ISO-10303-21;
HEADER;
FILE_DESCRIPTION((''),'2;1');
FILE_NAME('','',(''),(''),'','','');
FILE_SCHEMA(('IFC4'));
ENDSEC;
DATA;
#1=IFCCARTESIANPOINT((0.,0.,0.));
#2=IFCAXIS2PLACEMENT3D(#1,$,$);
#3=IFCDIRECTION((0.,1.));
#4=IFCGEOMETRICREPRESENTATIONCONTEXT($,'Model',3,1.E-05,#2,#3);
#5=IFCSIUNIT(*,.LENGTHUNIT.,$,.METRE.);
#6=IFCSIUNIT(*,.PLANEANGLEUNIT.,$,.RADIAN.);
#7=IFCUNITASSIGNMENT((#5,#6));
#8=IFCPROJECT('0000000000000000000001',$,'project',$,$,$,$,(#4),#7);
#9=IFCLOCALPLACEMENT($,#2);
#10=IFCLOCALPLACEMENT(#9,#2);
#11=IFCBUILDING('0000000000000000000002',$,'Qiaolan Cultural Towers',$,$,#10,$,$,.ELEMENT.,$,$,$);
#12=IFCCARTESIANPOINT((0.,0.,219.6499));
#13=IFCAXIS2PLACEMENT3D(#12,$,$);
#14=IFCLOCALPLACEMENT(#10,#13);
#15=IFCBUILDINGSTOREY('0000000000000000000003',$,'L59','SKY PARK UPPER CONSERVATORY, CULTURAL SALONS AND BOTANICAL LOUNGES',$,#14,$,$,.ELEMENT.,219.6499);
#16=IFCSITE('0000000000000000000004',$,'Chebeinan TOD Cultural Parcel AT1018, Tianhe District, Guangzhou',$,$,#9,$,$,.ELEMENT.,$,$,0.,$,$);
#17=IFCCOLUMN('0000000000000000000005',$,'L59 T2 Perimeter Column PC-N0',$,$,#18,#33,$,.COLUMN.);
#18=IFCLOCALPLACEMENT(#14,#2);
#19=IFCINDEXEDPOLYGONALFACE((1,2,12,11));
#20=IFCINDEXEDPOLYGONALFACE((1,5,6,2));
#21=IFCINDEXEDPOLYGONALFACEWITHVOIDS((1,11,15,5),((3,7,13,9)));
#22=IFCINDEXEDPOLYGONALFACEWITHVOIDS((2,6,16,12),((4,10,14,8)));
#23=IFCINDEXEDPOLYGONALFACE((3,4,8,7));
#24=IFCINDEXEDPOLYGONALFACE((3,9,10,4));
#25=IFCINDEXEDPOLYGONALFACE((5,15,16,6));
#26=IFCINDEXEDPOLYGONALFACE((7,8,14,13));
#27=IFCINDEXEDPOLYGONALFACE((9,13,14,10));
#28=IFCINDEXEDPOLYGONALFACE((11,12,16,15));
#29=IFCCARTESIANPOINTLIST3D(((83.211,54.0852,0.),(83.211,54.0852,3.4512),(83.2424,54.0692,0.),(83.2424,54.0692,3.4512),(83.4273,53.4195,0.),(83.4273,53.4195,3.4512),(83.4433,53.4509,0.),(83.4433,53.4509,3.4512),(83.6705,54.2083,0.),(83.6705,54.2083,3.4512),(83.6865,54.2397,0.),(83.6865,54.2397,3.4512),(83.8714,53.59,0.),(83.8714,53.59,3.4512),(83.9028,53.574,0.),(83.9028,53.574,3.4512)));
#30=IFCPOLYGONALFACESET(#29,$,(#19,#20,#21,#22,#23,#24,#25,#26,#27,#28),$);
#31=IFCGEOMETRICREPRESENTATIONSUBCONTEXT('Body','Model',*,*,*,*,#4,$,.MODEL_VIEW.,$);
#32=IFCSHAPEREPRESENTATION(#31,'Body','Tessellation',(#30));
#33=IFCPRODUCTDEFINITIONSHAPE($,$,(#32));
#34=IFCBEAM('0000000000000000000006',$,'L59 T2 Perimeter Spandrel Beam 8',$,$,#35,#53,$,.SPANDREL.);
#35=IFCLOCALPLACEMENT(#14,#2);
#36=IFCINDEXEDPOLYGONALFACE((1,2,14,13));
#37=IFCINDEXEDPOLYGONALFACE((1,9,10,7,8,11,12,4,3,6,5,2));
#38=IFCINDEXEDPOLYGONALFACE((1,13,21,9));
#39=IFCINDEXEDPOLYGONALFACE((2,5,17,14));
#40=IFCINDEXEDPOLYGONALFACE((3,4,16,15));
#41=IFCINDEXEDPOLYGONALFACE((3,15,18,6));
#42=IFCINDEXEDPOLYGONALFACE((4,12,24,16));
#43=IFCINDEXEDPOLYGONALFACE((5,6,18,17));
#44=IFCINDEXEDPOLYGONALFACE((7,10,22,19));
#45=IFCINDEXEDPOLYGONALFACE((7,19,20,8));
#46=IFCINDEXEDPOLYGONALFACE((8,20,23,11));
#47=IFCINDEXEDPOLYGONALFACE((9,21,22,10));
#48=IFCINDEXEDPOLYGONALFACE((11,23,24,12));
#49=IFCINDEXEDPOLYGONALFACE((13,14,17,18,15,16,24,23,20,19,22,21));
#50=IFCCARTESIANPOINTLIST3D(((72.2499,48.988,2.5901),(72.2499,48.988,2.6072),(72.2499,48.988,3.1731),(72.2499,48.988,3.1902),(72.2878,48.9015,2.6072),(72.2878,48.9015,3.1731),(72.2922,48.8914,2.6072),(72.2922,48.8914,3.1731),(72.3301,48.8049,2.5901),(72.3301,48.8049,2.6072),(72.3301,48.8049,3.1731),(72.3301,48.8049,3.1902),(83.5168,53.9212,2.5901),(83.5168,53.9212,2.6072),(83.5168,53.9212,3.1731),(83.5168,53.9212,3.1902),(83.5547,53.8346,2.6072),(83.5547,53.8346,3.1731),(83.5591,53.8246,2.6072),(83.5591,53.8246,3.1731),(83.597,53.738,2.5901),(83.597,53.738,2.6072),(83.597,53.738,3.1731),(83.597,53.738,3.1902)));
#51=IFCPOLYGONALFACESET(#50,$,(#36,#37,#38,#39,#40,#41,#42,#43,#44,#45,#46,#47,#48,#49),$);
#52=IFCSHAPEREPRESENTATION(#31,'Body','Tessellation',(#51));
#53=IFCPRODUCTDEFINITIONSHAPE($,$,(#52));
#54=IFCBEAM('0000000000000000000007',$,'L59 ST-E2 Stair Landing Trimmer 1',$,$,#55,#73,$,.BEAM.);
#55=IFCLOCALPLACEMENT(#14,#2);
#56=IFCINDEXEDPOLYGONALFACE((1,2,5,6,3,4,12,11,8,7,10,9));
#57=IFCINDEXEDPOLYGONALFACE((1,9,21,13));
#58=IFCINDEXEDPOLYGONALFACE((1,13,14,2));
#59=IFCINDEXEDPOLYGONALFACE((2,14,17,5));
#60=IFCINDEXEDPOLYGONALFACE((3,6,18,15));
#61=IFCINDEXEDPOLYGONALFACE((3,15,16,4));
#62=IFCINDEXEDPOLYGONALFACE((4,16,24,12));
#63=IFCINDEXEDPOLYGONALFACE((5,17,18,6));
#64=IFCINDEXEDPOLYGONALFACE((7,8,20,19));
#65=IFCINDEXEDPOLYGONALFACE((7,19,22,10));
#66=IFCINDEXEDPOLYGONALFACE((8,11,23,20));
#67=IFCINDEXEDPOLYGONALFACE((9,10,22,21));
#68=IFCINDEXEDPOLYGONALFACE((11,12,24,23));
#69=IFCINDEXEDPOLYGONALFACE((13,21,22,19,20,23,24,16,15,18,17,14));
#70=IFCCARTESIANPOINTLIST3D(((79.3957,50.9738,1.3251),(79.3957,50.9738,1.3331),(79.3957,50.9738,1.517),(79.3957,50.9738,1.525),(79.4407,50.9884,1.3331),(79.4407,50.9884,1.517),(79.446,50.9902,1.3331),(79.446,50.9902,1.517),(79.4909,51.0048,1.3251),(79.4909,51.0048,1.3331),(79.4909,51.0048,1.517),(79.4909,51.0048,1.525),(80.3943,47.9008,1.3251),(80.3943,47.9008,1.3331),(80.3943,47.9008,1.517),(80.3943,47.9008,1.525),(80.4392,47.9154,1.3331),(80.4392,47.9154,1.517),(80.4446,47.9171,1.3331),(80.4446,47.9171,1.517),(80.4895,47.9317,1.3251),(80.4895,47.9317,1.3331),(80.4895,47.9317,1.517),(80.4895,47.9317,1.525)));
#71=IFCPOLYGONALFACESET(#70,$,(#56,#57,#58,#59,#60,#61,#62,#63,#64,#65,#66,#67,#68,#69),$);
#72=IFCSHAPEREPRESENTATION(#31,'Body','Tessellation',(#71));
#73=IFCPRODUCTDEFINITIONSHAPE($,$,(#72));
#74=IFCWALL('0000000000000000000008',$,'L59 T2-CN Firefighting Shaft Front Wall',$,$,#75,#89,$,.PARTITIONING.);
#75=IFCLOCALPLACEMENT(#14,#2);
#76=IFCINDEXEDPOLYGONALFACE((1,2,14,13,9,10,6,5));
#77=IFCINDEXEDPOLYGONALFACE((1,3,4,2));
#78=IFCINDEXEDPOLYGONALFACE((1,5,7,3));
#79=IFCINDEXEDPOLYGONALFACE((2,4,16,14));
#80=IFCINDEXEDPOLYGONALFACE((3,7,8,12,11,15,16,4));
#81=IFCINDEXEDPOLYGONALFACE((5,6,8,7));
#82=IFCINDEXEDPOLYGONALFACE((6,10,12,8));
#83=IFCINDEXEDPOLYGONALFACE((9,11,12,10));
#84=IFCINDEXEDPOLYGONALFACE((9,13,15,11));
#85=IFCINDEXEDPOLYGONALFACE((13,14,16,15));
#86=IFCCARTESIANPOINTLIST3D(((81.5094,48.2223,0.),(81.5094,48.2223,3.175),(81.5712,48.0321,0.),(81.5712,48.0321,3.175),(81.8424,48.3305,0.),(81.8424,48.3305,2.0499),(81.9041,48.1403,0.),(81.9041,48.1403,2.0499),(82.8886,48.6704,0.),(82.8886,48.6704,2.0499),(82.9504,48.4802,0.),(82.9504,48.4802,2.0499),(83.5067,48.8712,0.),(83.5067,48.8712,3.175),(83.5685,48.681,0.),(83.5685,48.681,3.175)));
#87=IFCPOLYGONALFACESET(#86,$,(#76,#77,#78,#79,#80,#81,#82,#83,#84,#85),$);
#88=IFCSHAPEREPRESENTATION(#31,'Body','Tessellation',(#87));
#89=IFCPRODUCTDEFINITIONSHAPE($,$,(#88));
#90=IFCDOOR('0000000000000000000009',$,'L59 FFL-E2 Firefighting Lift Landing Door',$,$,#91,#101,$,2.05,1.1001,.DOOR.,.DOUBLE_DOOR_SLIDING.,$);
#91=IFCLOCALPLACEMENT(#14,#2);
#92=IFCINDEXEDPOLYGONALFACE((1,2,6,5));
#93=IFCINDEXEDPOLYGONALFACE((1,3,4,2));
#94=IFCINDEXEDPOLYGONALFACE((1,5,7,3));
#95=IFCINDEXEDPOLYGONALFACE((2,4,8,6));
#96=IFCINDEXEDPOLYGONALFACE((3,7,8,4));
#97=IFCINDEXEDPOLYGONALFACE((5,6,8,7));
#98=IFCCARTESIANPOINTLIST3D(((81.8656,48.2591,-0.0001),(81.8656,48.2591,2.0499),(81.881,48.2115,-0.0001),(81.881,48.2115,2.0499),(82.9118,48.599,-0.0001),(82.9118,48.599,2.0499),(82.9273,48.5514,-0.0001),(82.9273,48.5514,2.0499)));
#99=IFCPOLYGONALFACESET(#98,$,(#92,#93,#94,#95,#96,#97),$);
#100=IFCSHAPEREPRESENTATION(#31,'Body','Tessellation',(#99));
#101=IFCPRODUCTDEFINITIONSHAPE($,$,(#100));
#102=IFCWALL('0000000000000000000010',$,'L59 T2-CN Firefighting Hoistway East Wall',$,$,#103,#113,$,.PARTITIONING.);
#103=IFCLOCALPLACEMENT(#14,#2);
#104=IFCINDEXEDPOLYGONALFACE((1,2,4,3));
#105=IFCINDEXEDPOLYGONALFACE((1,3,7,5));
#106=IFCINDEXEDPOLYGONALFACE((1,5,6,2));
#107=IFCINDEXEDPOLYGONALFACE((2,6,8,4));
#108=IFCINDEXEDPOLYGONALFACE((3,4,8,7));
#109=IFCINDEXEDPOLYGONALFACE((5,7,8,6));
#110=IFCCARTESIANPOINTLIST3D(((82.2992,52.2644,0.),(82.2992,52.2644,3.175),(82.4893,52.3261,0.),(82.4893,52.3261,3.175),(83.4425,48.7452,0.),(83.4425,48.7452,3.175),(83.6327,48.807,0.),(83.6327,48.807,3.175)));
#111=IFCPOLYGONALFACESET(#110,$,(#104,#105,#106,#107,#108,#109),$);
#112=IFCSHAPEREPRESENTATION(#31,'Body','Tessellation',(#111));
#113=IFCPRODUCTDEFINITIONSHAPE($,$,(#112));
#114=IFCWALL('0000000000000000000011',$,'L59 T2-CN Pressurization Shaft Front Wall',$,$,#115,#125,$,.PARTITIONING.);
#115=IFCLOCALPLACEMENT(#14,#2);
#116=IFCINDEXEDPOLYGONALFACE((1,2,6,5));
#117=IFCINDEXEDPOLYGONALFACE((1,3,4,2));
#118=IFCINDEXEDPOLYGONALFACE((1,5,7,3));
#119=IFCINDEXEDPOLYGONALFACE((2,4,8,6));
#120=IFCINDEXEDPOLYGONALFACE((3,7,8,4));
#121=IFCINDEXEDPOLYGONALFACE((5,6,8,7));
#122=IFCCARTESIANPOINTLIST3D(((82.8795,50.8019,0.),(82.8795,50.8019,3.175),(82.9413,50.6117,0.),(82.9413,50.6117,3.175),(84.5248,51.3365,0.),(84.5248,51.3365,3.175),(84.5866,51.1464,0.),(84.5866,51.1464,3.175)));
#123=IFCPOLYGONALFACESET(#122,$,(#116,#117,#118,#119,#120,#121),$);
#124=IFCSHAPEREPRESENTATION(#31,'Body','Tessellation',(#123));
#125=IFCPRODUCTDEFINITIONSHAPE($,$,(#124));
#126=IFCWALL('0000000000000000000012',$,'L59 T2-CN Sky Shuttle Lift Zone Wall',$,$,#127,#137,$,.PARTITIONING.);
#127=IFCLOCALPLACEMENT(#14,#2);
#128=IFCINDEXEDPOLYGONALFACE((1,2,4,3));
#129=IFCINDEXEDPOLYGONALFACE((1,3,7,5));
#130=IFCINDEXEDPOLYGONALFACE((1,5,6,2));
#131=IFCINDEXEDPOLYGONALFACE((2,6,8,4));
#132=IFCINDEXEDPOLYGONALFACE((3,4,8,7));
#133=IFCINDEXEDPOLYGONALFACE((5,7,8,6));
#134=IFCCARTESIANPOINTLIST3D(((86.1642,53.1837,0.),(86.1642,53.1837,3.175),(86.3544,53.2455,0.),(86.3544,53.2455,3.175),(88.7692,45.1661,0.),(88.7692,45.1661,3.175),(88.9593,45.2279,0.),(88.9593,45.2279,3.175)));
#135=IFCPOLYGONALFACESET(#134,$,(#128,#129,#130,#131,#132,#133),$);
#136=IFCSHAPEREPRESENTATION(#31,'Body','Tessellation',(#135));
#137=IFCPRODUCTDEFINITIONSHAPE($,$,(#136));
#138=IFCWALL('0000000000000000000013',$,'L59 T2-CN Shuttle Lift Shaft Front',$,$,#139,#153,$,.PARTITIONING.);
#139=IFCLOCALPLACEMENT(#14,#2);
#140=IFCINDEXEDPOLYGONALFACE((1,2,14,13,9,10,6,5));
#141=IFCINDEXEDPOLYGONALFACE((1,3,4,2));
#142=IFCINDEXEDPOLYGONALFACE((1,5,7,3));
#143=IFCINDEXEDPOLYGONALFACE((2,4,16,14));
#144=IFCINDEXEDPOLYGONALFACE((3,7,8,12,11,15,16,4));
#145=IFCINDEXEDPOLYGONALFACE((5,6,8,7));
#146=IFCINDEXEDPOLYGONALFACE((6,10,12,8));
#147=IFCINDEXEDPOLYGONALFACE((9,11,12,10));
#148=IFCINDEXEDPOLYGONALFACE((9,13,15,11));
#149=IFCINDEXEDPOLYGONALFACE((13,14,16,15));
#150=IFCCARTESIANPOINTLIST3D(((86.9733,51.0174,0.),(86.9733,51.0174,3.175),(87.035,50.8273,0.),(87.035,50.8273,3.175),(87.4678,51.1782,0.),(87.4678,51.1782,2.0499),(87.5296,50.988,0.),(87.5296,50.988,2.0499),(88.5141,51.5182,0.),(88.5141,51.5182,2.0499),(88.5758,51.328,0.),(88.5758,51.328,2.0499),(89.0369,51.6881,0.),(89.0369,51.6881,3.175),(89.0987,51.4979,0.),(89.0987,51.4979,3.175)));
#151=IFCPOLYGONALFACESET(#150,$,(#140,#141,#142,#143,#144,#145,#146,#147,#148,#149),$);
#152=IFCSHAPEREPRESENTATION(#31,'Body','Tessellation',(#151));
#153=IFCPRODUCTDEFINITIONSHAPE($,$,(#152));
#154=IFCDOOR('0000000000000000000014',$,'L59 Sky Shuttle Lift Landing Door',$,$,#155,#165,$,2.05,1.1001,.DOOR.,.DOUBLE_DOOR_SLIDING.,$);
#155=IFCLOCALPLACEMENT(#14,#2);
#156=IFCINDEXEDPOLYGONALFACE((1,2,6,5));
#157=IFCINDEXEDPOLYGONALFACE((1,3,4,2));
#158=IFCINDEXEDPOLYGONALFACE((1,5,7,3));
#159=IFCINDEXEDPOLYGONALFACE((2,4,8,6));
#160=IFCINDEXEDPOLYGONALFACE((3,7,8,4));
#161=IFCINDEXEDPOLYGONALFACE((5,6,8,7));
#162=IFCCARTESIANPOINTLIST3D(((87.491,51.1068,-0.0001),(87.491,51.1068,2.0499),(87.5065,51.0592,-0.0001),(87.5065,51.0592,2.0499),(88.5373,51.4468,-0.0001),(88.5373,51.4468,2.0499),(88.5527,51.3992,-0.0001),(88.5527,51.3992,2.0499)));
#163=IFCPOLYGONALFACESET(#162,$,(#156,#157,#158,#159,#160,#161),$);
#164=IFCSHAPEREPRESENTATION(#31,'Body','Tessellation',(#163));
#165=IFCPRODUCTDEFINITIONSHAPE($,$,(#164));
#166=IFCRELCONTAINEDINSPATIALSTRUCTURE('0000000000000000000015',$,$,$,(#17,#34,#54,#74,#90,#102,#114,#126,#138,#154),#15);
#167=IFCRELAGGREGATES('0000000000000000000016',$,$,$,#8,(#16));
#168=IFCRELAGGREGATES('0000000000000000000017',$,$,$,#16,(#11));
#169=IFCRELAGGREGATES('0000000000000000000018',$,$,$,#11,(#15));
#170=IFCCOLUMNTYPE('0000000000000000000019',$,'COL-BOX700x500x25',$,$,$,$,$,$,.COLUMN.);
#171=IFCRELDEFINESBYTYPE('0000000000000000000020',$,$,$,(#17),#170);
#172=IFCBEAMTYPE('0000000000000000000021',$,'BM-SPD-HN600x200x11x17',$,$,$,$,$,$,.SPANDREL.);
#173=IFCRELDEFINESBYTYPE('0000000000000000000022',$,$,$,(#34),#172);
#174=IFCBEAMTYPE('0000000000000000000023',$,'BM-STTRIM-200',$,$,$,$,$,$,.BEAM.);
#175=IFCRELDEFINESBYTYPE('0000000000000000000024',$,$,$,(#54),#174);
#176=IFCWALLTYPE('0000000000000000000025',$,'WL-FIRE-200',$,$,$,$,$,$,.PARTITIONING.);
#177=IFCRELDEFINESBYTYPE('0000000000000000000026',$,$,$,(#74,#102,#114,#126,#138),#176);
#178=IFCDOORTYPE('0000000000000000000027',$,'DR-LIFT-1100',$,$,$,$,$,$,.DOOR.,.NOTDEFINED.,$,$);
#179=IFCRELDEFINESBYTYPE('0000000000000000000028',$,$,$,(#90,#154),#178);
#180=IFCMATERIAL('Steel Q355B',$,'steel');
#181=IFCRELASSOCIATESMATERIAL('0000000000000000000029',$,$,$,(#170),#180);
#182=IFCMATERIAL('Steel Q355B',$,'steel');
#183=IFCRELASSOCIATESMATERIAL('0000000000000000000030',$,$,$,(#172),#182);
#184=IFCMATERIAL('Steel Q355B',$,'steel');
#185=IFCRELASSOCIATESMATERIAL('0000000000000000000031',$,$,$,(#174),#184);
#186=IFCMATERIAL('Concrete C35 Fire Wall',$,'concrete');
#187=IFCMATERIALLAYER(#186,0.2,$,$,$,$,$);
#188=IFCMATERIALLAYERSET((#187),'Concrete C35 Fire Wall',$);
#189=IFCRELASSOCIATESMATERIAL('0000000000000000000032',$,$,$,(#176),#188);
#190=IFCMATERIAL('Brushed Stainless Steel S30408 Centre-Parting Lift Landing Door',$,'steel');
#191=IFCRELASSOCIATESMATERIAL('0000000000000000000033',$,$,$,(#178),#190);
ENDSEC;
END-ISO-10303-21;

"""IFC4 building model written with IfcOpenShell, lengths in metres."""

from ifc_helpers import new_model, si_unit, direction, frame, frame_2d, origin, origin_2d, place, context, subcontext, project, spatial, rectangle, hollow_rectangle, i_section, extrude, material, layer, layer_set, material_profile, profile_set, type_object, element, fill, save


model = new_model("IFC4")

# Units and contexts
model_context = context("Model", 3, precision=1e-05, world=origin(), true_north=direction((0.0, 1.0)))
body_context = subcontext(model_context, "Body", "Model", "MODEL_VIEW")
ifc_project = project(units=[si_unit("LENGTHUNIT", "METRE"), si_unit("PLANEANGLEUNIT", "RADIAN")], contexts=[model_context])

# Site, building, storey
site_placement = place(None, origin())
site = spatial("IfcSite", under=ifc_project, at=site_placement, Name="Chebeinan TOD Cultural Parcel AT1018, Tianhe District, Guangzhou", CompositionType="ELEMENT", RefElevation=0.0)
building_placement = place(site_placement, origin())
building = spatial("IfcBuilding", under=site, at=building_placement, Name="Qiaolan Cultural Towers", CompositionType="ELEMENT")
storey_placement = place(building_placement, frame((0.0, 0.0, 219.6499)))
storey = spatial("IfcBuildingStorey", under=building, at=storey_placement, Name="L59", Description="SKY PARK UPPER CONSERVATORY, CULTURAL SALONS AND BOTANICAL LOUNGES", CompositionType="ELEMENT", Elevation=219.6499)

# Column
ifc_material_1 = material(Name="Steel Q355B", Category="steel")
ifc_material_profile_1 = material_profile(ifc_material_1, hollow_rectangle(XDim=0.5, YDim=0.7, WallThickness=0.0249, at=origin_2d()), Name="BOX700x500x25")
ifc_profile_set_1 = profile_set([ifc_material_profile_1], Name="Steel Q355B")
column_type = type_object("IfcColumnType", Name="COL-BOX700x500x25", PredefinedType="COLUMN", material=ifc_profile_set_1)
column_placement = place(storey_placement, frame((83.5569, 53.8296, 0.0), z_axis=(0.0, 0.0, 1.0), x_axis=(0.951057, 0.309017, 0.0)))
element("IfcColumn", 1, at=column_placement, inside=storey, type_object=column_type, Name="L59 T2 Perimeter Column PC-N0", PredefinedType="COLUMN", context=body_context, shape_type="SweptSolid", body=[
    extrude(hollow_rectangle(XDim=0.5, YDim=0.7, WallThickness=0.0249, at=origin_2d()), origin(), (0.0, 0.0, 1.0), 3.4512),
])

# Beams
ifc_material_2 = material(Name="Steel Q355B", Category="steel")
ifc_material_profile_2 = material_profile(ifc_material_2, i_section(OverallWidth=0.2, OverallDepth=0.6001, WebThickness=0.011, FlangeThickness=0.0171, at=origin_2d()), Name="HN600x200x11x17")
ifc_profile_set_2 = profile_set([ifc_material_profile_2], Name="Steel Q355B")
beam_type_1 = type_object("IfcBeamType", Name="BM-SPD-HN600x200x11x17", PredefinedType="SPANDREL", material=ifc_profile_set_2)
beam_1_placement = place(storey_placement, frame((83.5569, 53.8296, 2.8901), z_axis=(-0.916042, -0.401082, 0.0), x_axis=(0.401082, -0.916042, 0.0)))
element("IfcBeam", 2, at=beam_1_placement, inside=storey, type_object=beam_type_1, Name="L59 T2 Perimeter Spandrel Beam 8", PredefinedType="SPANDREL", context=body_context, shape_type="SweptSolid", body=[
    extrude(i_section(OverallWidth=0.2, OverallDepth=0.6001, WebThickness=0.011, FlangeThickness=0.0171, at=origin_2d()), origin(), (0.0, 0.0, 1.0), 12.2996),
])
ifc_material_3 = material(Name="Steel Q355B", Category="steel")
ifc_material_profile_3 = material_profile(ifc_material_3, i_section(OverallWidth=0.1001, OverallDepth=0.2, WebThickness=0.0056, FlangeThickness=0.0081, at=origin_2d()), Name="HN200x100x5.5x8")
ifc_profile_set_3 = profile_set([ifc_material_profile_3], Name="Steel Q355B")
beam_type_2 = type_object("IfcBeamType", Name="BM-STTRIM-200", PredefinedType="BEAM", material=ifc_profile_set_3)
beam_2_placement = place(storey_placement, frame((80.4419, 47.9163, 1.425), z_axis=(-0.309033, 0.951051, 0.0), x_axis=(-0.951051, -0.309033, 0.0)))
element("IfcBeam", 3, at=beam_2_placement, inside=storey, type_object=beam_type_2, Name="L59 ST-E2 Stair Landing Trimmer 1", PredefinedType="BEAM", context=body_context, shape_type="SweptSolid", body=[
    extrude(i_section(OverallWidth=0.1001, OverallDepth=0.2, WebThickness=0.0056, FlangeThickness=0.0081, at=origin_2d()), origin(), (0.0, 0.0, 1.0), 3.2312),
])

# Wall, opening, door
ifc_material_4 = material(Name="Concrete C35 Fire Wall", Category="concrete")
ifc_layer_1 = layer(ifc_material_4, 0.2)
ifc_layer_set_1 = layer_set([ifc_layer_1], Name="Concrete C35 Fire Wall")
wall_type_1 = type_object("IfcWallType", Name="WL-FIRE-200", PredefinedType="PARTITIONING", material=ifc_layer_set_1)
wall_1_placement = place(storey_placement, frame((81.5403, 48.1272, 0.0), z_axis=(0.0, 0.0, 1.0), x_axis=(0.951062, 0.308999, 0.0)))
wall_1 = element("IfcWall", 4, at=wall_1_placement, inside=storey, type_object=wall_type_1, Name="L59 T2-CN Firefighting Shaft Front Wall", PredefinedType="PARTITIONING", context=body_context, shape_type="SweptSolid", body=[
    extrude(rectangle(XDim=2.1001, YDim=0.2, at=frame_2d((1.05, 0.0))), origin(), (0.0, 0.0, 1.0), 3.175),
])
opening_1_placement = place(wall_1_placement, frame((0.3501, 0.0, 0.0)))
opening_1 = element("IfcOpeningElement", 5, at=opening_1_placement, cuts=wall_1, PredefinedType="OPENING", context=body_context, shape_type="SweptSolid", body=[
    extrude(rectangle(XDim=1.1001, YDim=2.05, at=frame_2d((0.55, 1.0249))), frame((0.0, 0.1099, 0.0), z_axis=(0.0, -1.0, 0.0), x_axis=(1.0, 0.0, 0.0)), (0.0, 0.0, 1.0), 0.22),
])
ifc_material_5 = material(Name="Brushed Stainless Steel S30408 Centre-Parting Lift Landing Door", Category="steel")
door_type_1 = type_object("IfcDoorType", Name="DR-LIFT-1100", OperationType="NOTDEFINED", PredefinedType="DOOR", material=ifc_material_5)
door_1_placement = place(opening_1_placement, origin())
door_1 = element("IfcDoor", 6, at=door_1_placement, inside=storey, type_object=door_type_1, Name="L59 FFL-E2 Firefighting Lift Landing Door", OperationType="DOUBLE_DOOR_SLIDING", OverallHeight=2.05, OverallWidth=1.1001, PredefinedType="DOOR", context=body_context, shape_type="SweptSolid", body=[
    extrude(rectangle(XDim=1.1001, YDim=2.05, at=frame_2d((0.55, 1.0249))), frame((0.0, 0.0249, 0.0), z_axis=(0.0, -1.0, 0.0), x_axis=(1.0, 0.0, 0.0)), (0.0, 0.0, 1.0), 0.05),
])
fill(opening_1, door_1)

# Walls
wall_2_placement = place(storey_placement, frame((83.5376, 48.7761, 0.0), z_axis=(0.0, 0.0, 1.0), x_axis=(-0.308994, 0.951064, 0.0)))
element("IfcWall", 7, at=wall_2_placement, inside=storey, type_object=wall_type_1, Name="L59 T2-CN Firefighting Hoistway East Wall", PredefinedType="PARTITIONING", context=body_context, shape_type="SweptSolid", body=[
    extrude(rectangle(XDim=3.7002, YDim=0.2, at=frame_2d((1.8501, 0.0))), origin(), (0.0, 0.0, 1.0), 3.175),
])
wall_3_placement = place(storey_placement, frame((82.9104, 50.7068, 0.0), z_axis=(0.0, 0.0, 1.0), x_axis=(0.951041, 0.309064, 0.0)))
element("IfcWall", 8, at=wall_3_placement, inside=storey, type_object=wall_type_1, Name="L59 T2-CN Pressurization Shaft Front Wall", PredefinedType="PARTITIONING", context=body_context, shape_type="SweptSolid", body=[
    extrude(rectangle(XDim=1.73, YDim=0.2, at=frame_2d((0.865, 0.0))), origin(), (0.0, 0.0, 1.0), 3.175),
])
wall_4_placement = place(storey_placement, frame((88.8643, 45.197, 0.0), z_axis=(0.0, 0.0, 1.0), x_axis=(-0.309007, 0.95106, 0.0)))
element("IfcWall", 9, at=wall_4_placement, inside=storey, type_object=wall_type_1, Name="L59 T2-CN Sky Shuttle Lift Zone Wall", PredefinedType="PARTITIONING", context=body_context, shape_type="SweptSolid", body=[
    extrude(rectangle(XDim=8.4302, YDim=0.2, at=frame_2d((4.2151, 0.0))), origin(), (0.0, 0.0, 1.0), 3.175),
])

# Wall, opening, door
wall_5_placement = place(storey_placement, frame((87.0042, 50.9224, 0.0), z_axis=(0.0, 0.0, 1.0), x_axis=(0.951042, 0.309063, 0.0)))
wall_5 = element("IfcWall", 10, at=wall_5_placement, inside=storey, type_object=wall_type_1, Name="L59 T2-CN Shuttle Lift Shaft Front", PredefinedType="PARTITIONING", context=body_context, shape_type="SweptSolid", body=[
    extrude(rectangle(XDim=2.1699, YDim=0.2, at=frame_2d((1.085, 0.0))), origin(), (0.0, 0.0, 1.0), 3.175),
])
opening_2_placement = place(wall_5_placement, frame((0.52, 0.0, 0.0)))
opening_2 = element("IfcOpeningElement", 11, at=opening_2_placement, cuts=wall_5, PredefinedType="OPENING", context=body_context, shape_type="SweptSolid", body=[
    extrude(rectangle(XDim=1.1001, YDim=2.05, at=frame_2d((0.55, 1.0249))), frame((0.0, 0.1099, 0.0), z_axis=(0.0, -1.0, 0.0), x_axis=(1.0, 0.0, 0.0)), (0.0, 0.0, 1.0), 0.22),
])
door_2_placement = place(opening_2_placement, origin())
door_2 = element("IfcDoor", 12, at=door_2_placement, inside=storey, type_object=door_type_1, Name="L59 Sky Shuttle Lift Landing Door", OperationType="DOUBLE_DOOR_SLIDING", OverallHeight=2.05, OverallWidth=1.1001, PredefinedType="DOOR", context=body_context, shape_type="SweptSolid", body=[
    extrude(rectangle(XDim=1.1001, YDim=2.05, at=frame_2d((0.55, 1.0249))), frame((0.0, 0.0249, 0.0), z_axis=(0.0, -1.0, 0.0), x_axis=(1.0, 0.0, 0.0)), (0.0, 0.0, 1.0), 0.05),
])
fill(opening_2, door_2)

save(model, "model.ifc")
